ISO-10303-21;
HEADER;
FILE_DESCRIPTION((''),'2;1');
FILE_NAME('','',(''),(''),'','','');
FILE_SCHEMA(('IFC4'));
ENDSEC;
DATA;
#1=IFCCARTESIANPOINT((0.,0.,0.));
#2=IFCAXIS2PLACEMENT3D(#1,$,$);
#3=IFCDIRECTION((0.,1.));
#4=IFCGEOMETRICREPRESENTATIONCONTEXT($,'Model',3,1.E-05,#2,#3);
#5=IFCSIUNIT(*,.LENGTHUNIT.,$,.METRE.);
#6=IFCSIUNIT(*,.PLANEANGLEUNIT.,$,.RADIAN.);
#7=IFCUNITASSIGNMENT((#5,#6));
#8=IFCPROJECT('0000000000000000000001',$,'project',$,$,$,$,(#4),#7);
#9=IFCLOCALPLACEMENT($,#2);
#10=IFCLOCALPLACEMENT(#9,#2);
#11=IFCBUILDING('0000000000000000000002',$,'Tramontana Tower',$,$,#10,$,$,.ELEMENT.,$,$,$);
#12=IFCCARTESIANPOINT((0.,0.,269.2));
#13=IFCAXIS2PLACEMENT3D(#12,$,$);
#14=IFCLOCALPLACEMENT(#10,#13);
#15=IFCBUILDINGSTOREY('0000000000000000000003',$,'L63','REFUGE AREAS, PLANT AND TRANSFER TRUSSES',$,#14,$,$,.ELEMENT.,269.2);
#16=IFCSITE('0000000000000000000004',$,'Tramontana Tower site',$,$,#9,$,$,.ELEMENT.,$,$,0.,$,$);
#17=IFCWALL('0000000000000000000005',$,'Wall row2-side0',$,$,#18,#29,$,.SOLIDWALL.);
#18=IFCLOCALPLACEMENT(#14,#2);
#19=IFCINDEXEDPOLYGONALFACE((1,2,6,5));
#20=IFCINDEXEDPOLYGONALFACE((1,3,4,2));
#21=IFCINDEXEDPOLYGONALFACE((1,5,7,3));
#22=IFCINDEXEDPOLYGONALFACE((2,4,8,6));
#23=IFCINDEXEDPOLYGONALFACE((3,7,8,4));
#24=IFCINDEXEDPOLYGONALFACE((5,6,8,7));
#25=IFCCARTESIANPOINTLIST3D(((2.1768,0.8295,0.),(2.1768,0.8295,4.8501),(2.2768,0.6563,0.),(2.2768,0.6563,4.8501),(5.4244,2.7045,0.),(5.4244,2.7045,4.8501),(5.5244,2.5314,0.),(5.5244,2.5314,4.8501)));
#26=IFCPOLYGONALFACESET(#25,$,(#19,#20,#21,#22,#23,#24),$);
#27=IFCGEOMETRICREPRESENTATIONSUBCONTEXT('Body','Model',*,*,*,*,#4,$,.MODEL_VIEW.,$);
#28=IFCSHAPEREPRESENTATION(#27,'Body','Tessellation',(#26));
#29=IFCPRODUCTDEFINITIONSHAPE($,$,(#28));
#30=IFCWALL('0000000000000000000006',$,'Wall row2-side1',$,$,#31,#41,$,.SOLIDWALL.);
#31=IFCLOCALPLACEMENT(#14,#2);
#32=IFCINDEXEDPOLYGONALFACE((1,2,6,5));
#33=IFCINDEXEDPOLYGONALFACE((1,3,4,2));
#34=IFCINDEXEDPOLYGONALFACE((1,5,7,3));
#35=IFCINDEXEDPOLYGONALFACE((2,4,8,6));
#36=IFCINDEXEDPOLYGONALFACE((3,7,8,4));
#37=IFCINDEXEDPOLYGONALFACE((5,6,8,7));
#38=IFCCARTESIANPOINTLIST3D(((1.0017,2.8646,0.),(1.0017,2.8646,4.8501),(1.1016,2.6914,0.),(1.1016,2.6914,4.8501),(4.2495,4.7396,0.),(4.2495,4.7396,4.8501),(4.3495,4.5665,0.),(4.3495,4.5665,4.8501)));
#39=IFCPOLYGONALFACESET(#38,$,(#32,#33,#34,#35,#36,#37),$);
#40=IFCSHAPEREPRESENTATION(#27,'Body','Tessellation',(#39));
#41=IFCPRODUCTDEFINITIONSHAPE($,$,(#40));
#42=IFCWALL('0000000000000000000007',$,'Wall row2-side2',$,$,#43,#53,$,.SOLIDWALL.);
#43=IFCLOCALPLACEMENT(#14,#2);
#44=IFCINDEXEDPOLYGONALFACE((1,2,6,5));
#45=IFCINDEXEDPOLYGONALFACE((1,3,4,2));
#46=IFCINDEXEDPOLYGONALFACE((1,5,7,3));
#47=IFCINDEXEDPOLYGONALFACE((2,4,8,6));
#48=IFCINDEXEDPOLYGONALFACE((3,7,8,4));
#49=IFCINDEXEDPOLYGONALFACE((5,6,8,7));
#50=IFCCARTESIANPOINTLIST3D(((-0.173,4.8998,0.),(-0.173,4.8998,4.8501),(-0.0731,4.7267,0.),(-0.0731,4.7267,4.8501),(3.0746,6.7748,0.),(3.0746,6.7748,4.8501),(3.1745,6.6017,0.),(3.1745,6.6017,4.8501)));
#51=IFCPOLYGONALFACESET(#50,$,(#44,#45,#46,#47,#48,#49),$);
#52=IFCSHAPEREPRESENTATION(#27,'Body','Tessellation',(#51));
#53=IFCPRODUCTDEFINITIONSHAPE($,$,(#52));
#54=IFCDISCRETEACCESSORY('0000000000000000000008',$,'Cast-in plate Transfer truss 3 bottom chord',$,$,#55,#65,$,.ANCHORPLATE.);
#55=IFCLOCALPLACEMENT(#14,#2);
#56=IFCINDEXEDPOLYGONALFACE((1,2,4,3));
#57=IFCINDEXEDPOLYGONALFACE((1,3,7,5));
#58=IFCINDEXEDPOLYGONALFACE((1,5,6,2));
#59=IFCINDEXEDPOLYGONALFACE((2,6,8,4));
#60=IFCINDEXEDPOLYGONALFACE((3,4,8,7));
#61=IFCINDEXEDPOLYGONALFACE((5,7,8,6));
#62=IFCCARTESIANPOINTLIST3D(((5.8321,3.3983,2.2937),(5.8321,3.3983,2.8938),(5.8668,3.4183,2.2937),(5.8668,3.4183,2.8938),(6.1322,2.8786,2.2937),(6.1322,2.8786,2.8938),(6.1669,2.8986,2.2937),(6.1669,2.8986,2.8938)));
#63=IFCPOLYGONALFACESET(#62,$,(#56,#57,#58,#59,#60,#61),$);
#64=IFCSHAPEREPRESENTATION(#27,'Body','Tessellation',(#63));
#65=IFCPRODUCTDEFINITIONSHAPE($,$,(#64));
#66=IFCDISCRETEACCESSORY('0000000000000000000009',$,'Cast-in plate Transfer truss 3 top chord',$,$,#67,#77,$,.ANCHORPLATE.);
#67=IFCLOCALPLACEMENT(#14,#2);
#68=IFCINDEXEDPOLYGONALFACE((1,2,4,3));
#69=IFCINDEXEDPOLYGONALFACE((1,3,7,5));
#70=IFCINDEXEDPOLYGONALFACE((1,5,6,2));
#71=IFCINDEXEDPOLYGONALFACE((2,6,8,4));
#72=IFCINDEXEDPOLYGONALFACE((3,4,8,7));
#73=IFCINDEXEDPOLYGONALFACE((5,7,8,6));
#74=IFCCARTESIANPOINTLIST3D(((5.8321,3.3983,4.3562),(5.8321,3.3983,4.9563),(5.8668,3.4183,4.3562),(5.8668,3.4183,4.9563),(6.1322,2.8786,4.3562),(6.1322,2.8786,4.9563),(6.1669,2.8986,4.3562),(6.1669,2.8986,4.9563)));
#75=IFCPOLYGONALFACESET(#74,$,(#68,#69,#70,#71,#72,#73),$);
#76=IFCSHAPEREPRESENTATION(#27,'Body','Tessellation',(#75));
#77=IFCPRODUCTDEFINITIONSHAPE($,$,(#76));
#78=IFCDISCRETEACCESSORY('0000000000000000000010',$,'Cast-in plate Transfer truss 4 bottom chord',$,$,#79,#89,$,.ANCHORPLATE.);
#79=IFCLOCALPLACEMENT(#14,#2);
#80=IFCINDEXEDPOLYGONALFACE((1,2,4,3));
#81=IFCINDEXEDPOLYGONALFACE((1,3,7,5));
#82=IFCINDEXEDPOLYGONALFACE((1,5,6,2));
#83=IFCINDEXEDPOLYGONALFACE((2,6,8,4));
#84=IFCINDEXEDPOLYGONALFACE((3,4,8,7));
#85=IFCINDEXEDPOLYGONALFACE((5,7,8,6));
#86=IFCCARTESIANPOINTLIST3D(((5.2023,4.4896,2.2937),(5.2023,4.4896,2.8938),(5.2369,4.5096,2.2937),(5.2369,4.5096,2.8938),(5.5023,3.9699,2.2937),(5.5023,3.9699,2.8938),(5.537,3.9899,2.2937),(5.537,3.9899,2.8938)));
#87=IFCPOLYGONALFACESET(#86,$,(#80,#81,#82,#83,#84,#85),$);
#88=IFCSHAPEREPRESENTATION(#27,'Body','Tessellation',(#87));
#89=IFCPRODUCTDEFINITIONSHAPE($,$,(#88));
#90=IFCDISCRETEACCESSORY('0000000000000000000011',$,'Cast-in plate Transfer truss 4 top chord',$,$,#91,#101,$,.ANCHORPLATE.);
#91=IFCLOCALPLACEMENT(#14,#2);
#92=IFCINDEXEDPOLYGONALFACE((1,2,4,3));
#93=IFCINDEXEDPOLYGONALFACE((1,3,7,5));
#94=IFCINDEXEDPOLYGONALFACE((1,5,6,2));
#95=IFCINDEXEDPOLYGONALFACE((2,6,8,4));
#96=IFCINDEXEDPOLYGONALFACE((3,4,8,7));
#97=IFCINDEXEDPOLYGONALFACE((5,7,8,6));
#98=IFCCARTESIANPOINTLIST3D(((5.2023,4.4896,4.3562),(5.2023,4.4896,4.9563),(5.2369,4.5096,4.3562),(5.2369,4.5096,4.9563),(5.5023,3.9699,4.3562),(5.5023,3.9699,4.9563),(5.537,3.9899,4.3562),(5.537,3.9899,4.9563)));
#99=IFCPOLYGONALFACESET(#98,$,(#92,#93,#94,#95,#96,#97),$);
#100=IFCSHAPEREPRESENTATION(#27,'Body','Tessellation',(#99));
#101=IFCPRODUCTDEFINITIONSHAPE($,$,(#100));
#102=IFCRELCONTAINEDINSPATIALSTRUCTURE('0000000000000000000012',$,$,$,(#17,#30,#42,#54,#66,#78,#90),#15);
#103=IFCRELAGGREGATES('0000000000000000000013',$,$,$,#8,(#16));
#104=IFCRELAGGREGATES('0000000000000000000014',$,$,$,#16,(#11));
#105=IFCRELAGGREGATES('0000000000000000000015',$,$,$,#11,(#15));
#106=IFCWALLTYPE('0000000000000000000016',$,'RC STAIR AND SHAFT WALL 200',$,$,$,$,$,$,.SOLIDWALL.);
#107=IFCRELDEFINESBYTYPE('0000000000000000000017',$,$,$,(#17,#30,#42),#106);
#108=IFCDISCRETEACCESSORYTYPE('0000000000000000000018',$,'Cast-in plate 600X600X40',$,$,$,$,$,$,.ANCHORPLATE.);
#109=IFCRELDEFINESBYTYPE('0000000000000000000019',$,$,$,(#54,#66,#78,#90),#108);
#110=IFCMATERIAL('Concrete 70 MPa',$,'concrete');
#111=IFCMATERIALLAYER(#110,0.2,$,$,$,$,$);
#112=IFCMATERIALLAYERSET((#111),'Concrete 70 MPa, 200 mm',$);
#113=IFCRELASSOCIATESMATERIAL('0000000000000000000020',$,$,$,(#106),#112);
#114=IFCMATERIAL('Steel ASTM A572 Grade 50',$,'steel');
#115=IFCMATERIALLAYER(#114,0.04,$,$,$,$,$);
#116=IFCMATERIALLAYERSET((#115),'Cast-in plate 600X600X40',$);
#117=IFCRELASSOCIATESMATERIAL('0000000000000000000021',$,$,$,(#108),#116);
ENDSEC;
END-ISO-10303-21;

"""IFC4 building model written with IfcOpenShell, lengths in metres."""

from ifc_helpers import new_model, si_unit, direction, frame, frame_2d, origin, origin_2d, place, context, subcontext, project, spatial, rectangle, extrude, material, layer, layer_set, type_object, element, save


model = new_model("IFC4")

# Units and contexts
model_context = context("Model", 3, precision=1e-05, world=origin(), true_north=direction((0.0, 1.0)))
body_context = subcontext(model_context, "Body", "Model", "MODEL_VIEW")
ifc_project = project(units=[si_unit("LENGTHUNIT", "METRE"), si_unit("PLANEANGLEUNIT", "RADIAN")], contexts=[model_context])

# Site, building, storey
site_placement = place(None, origin())
site = spatial("IfcSite", under=ifc_project, at=site_placement, Name="Tramontana Tower site", CompositionType="ELEMENT", RefElevation=0.0)
building_placement = place(site_placement, origin())
building = spatial("IfcBuilding", under=site, at=building_placement, Name="Tramontana Tower", CompositionType="ELEMENT")
storey_placement = place(building_placement, frame((0.0, 0.0, 269.2)))
storey = spatial("IfcBuildingStorey", under=building, at=storey_placement, Name="L63", Description="REFUGE AREAS, PLANT AND TRANSFER TRUSSES", CompositionType="ELEMENT", Elevation=269.2)

# Shared definitions
ifc_material_1 = material(Name="Concrete 70 MPa", Category="concrete")
ifc_layer_1 = layer(ifc_material_1, 0.2)
ifc_layer_set_1 = layer_set([ifc_layer_1], Name="Concrete 70 MPa, 200 mm")
wall_type_1 = type_object("IfcWallType", Name="RC STAIR AND SHAFT WALL 200", PredefinedType="SOLIDWALL", material=ifc_layer_set_1)

# Walls
wall_1_placement = place(storey_placement, frame((2.2268, 0.7429, 0.0), z_axis=(0.0, 0.0, 1.0), x_axis=(0.866023, 0.500004, 0.0)))
element("IfcWall", 1, at=wall_1_placement, inside=storey, type_object=wall_type_1, Name="Wall row2-side0", PredefinedType="SOLIDWALL", context=body_context, shape_type="SweptSolid", body=[
    extrude(rectangle(XDim=3.75, YDim=0.2, at=frame_2d((1.875, 0.0))), origin(), (0.0, 0.0, 1.0), 4.8501),
])
wall_2_placement = place(storey_placement, frame((1.0518, 2.7781, 0.0), z_axis=(0.0, 0.0, 1.0), x_axis=(0.866039, 0.499976, 0.0)))
element("IfcWall", 2, at=wall_2_placement, inside=storey, type_object=wall_type_1, Name="Wall row2-side1", PredefinedType="SOLIDWALL", context=body_context, shape_type="SweptSolid", body=[
    extrude(rectangle(XDim=3.7502, YDim=0.2, at=frame_2d((1.875, 0.0))), origin(), (0.0, 0.0, 1.0), 4.8501),
])
wall_3_placement = place(storey_placement, frame((-0.123, 4.8132, 0.0), z_axis=(0.0, 0.0, 1.0), x_axis=(0.866023, 0.500004, 0.0)))
element("IfcWall", 3, at=wall_3_placement, inside=storey, type_object=wall_type_1, Name="Wall row2-side2", PredefinedType="SOLIDWALL", context=body_context, shape_type="SweptSolid", body=[
    extrude(rectangle(XDim=3.75, YDim=0.2, at=frame_2d((1.875, 0.0))), origin(), (0.0, 0.0, 1.0), 4.8501),
])

# Discrete accessories
ifc_material_2 = material(Name="Steel ASTM A572 Grade 50", Category="steel")
ifc_layer_2 = layer(ifc_material_2, 0.04)
ifc_layer_set_2 = layer_set([ifc_layer_2], Name="Cast-in plate 600X600X40")
discrete_accessory_type = type_object("IfcDiscreteAccessoryType", Name="Cast-in plate 600X600X40", PredefinedType="ANCHORPLATE", material=ifc_layer_set_2)
for number, where, z_axis, x_axis, name in (
    (4, (5.9995, 3.1484, 2.2937), (0.0, 0.0, 1.0), (-0.5, 0.866025, 0.0), "Cast-in plate Transfer truss 3 bottom chord"),
    (5, (5.9995, 3.1484, 4.3562), (0.0, 0.0, 1.0), (-0.5, 0.866025, 0.0), "Cast-in plate Transfer truss 3 top chord"),
    (6, (5.3696, 4.2397, 2.2937), (0.0, 0.0, 1.0), (-0.5, 0.866025, 0.0), "Cast-in plate Transfer truss 4 bottom chord"),
    (7, (5.3696, 4.2397, 4.3562), (0.0, 0.0, 1.0), (-0.5, 0.866025, 0.0), "Cast-in plate Transfer truss 4 top chord"),
):
    element("IfcDiscreteAccessory", number, at=place(storey_placement, frame(where, z_axis=z_axis, x_axis=x_axis)), inside=storey, type_object=discrete_accessory_type, Name=name, PredefinedType="ANCHORPLATE", context=body_context, shape_type="SweptSolid", body=[
        extrude(rectangle(XDim=0.6001, YDim=0.04, at=origin_2d()), origin(), (0.0, 0.0, 1.0), 0.6001),
    ])

save(model, "model.ifc")
